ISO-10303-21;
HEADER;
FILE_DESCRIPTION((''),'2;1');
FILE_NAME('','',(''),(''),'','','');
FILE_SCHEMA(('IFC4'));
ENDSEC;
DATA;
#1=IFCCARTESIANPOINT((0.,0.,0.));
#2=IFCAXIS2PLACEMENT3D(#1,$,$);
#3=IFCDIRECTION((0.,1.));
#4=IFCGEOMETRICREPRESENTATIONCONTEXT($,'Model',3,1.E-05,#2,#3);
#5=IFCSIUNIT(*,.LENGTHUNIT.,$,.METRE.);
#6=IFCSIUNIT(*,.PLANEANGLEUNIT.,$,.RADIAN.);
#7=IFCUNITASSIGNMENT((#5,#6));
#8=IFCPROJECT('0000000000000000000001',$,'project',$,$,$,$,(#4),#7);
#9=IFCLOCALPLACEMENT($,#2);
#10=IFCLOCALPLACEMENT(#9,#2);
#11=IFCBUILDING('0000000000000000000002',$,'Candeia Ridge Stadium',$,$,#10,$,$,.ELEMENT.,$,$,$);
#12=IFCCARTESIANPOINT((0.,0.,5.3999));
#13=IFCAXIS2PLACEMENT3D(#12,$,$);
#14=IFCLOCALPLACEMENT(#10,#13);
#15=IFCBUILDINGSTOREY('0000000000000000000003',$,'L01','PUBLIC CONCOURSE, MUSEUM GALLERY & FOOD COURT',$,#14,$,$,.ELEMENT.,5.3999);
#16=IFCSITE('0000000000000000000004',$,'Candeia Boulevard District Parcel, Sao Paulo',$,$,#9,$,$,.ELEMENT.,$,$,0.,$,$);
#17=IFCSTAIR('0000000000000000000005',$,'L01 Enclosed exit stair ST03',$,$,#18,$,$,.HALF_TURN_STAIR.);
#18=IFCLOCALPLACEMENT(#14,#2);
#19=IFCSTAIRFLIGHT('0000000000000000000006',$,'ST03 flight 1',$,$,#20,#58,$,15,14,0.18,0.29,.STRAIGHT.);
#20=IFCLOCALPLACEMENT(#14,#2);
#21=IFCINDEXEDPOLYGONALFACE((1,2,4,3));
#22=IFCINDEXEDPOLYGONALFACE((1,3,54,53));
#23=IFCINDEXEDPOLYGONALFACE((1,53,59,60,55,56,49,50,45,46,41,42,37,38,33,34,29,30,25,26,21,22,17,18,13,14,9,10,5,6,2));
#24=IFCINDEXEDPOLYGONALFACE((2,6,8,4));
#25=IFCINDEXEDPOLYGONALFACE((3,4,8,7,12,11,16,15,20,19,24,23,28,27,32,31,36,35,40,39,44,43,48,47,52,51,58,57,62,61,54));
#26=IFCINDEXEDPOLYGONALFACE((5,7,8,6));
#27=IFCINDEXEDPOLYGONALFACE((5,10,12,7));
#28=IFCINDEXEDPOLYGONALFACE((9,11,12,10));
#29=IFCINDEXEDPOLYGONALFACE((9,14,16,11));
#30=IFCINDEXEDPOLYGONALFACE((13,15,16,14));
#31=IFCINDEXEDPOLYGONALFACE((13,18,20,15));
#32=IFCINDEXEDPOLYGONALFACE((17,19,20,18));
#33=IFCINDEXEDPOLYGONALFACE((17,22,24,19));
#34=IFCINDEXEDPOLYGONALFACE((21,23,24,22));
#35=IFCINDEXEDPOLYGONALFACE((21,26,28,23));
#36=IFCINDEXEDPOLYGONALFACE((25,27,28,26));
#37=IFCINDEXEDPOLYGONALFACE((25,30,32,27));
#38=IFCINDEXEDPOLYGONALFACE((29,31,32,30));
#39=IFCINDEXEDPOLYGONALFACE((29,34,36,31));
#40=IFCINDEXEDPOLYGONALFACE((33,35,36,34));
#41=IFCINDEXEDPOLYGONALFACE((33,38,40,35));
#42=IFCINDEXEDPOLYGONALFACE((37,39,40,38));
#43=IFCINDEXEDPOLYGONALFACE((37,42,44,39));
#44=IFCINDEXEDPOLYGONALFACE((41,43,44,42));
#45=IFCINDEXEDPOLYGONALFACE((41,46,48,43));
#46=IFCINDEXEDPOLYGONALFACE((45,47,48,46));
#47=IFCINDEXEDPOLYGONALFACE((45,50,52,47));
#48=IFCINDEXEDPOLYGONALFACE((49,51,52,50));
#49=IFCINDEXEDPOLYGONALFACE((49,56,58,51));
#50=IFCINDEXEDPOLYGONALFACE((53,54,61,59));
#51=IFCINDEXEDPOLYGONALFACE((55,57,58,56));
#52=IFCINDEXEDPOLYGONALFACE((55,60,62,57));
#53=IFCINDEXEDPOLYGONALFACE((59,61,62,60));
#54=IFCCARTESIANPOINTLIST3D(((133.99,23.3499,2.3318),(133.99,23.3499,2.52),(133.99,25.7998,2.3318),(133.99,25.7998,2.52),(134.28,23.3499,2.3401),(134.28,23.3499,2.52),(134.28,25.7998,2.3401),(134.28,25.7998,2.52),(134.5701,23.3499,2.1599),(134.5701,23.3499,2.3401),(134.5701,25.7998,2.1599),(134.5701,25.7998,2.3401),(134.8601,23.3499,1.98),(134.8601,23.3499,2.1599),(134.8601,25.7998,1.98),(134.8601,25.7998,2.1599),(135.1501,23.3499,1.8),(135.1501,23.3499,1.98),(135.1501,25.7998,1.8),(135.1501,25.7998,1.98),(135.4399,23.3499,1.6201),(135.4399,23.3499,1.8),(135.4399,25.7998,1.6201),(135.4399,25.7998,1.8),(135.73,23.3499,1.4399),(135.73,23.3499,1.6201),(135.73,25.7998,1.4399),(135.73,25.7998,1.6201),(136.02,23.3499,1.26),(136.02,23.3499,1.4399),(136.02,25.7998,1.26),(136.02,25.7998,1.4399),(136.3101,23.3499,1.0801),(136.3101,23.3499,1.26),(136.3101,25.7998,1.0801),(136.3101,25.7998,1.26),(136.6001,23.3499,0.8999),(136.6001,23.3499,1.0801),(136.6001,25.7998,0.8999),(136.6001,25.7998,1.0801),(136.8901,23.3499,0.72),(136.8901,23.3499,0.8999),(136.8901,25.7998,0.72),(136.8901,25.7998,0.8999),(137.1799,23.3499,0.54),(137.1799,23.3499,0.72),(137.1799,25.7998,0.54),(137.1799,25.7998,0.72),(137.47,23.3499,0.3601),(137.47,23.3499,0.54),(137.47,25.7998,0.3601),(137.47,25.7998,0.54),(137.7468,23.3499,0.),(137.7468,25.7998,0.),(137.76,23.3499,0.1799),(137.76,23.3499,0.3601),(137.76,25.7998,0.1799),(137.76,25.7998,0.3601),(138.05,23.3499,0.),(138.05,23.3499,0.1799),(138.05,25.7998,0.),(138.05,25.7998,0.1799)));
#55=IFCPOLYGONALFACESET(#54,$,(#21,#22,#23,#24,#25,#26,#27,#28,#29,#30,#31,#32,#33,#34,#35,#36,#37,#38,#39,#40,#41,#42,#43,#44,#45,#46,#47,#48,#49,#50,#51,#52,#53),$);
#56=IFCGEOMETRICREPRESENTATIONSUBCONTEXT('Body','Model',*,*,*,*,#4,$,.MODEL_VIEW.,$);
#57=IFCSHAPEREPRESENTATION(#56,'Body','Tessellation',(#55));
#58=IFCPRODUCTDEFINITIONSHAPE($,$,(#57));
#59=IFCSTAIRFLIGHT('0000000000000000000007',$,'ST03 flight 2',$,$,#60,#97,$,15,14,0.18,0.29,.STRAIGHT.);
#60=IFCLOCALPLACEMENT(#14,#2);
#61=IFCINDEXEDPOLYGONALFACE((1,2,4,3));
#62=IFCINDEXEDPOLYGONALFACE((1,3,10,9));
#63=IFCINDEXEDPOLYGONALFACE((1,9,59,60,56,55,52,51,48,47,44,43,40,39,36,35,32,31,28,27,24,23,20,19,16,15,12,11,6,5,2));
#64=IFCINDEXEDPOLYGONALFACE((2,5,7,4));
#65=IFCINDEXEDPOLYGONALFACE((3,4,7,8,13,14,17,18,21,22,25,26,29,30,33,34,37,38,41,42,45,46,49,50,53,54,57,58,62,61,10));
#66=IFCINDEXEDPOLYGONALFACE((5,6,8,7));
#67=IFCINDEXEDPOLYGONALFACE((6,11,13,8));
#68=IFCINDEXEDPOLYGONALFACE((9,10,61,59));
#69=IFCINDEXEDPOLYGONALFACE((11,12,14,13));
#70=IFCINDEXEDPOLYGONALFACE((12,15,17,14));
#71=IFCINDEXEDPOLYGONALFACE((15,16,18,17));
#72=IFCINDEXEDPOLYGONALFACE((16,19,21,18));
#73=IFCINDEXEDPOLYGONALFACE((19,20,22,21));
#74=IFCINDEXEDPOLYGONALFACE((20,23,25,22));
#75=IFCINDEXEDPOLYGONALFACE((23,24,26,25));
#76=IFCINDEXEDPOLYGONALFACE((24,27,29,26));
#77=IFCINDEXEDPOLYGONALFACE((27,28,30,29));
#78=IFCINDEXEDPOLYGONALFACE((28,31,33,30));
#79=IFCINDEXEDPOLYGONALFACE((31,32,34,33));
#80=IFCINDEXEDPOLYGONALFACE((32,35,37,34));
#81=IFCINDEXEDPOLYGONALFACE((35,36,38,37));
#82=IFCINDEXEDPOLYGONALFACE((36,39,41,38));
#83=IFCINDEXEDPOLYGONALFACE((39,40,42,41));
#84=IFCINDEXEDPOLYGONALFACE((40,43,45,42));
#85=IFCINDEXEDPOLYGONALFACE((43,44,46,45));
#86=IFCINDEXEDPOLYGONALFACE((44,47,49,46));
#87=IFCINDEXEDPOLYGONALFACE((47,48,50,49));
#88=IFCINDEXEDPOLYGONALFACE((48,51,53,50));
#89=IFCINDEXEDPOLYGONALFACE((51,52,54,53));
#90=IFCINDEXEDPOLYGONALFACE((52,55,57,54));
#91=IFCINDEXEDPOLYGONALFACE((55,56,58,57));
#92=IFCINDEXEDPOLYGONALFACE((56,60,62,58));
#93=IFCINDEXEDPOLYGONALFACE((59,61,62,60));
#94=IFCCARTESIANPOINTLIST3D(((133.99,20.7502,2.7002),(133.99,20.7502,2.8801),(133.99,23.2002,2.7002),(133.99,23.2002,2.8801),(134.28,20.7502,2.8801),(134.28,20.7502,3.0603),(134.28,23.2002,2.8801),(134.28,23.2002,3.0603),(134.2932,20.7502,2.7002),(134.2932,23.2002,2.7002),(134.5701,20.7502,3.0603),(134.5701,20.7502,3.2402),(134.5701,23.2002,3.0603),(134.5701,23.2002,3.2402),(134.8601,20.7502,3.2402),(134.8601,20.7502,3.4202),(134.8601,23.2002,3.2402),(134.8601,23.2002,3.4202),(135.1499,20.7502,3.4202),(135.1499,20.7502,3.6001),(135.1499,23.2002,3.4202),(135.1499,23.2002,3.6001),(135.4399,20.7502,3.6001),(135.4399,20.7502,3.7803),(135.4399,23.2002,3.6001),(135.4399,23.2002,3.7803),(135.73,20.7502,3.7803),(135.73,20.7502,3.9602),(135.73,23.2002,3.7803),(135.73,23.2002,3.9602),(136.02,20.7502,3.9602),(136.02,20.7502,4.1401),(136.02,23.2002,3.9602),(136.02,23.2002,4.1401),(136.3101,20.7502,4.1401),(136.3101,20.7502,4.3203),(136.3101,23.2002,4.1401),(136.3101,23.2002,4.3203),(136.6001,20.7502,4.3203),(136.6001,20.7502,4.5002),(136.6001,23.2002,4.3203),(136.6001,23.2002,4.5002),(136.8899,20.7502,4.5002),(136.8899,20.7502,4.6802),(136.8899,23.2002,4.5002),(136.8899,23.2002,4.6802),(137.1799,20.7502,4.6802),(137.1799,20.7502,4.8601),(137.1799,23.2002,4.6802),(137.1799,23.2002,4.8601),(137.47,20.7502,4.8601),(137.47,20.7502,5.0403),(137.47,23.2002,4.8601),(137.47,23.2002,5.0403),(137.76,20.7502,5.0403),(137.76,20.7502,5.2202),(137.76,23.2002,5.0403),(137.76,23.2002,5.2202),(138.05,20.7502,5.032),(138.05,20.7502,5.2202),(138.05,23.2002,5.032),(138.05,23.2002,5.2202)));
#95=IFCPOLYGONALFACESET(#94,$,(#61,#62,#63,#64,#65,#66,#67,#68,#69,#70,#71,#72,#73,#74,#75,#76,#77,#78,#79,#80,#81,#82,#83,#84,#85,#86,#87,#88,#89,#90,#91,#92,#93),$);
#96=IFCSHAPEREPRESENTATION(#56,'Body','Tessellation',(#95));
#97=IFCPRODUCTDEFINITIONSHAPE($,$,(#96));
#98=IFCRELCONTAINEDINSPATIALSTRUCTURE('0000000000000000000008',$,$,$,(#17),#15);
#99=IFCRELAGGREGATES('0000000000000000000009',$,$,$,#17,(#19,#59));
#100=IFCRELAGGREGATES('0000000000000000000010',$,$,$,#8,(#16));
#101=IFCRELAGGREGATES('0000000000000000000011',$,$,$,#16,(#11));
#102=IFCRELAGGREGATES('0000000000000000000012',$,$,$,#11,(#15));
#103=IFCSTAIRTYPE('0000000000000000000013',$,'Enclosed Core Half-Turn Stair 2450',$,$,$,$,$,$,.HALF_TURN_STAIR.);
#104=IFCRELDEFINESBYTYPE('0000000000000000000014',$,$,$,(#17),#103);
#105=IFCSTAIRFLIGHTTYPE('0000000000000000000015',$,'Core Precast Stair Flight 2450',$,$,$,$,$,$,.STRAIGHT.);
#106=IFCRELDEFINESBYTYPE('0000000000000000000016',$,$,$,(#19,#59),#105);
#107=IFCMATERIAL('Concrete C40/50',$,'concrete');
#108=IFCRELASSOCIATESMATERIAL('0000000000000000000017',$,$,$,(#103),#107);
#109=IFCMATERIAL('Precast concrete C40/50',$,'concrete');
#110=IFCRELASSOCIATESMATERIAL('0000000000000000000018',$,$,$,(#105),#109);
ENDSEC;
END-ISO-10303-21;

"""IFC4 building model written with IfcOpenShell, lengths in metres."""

from ifc_helpers import new_model, si_unit, direction, frame, origin, place, context, subcontext, project, spatial, polyline, outline, extrude, material, type_object, element, aggregate, save


model = new_model("IFC4")

# Units and contexts
model_context = context("Model", 3, precision=1e-05, world=origin(), true_north=direction((0.0, 1.0)))
body_context = subcontext(model_context, "Body", "Model", "MODEL_VIEW")
ifc_project = project(units=[si_unit("LENGTHUNIT", "METRE"), si_unit("PLANEANGLEUNIT", "RADIAN")], contexts=[model_context])

# Site, building, storey
site_placement = place(None, origin())
site = spatial("IfcSite", under=ifc_project, at=site_placement, Name="Candeia Boulevard District Parcel, Sao Paulo", CompositionType="ELEMENT", RefElevation=0.0)
building_placement = place(site_placement, origin())
building = spatial("IfcBuilding", under=site, at=building_placement, Name="Candeia Ridge Stadium", CompositionType="ELEMENT")
storey_placement = place(building_placement, frame((0.0, 0.0, 5.3999)))
storey = spatial("IfcBuildingStorey", under=building, at=storey_placement, Name="L01", Description="PUBLIC CONCOURSE, MUSEUM GALLERY & FOOD COURT", CompositionType="ELEMENT", Elevation=5.3999)

# Shared definitions
ifc_material_1 = material(Name="Concrete C40/50", Category="concrete")

# Stair, stair flights
stair_type = type_object("IfcStairType", Name="Enclosed Core Half-Turn Stair 2450", PredefinedType="HALF_TURN_STAIR", material=ifc_material_1)
stair_placement = place(storey_placement, origin())
stair = element("IfcStair", 1, at=stair_placement, inside=storey, type_object=stair_type, Name="L01 Enclosed exit stair ST03", PredefinedType="HALF_TURN_STAIR")
ifc_material_2 = material(Name="Precast concrete C40/50", Category="concrete")
stair_flight_type = type_object("IfcStairFlightType", Name="Core Precast Stair Flight 2450", PredefinedType="STRAIGHT", material=ifc_material_2)
stair_flight_1_placement = place(storey_placement, frame((138.05, 24.575, 0.0), z_axis=(0.0, 0.0, 1.0), x_axis=(-1.0, 0.0, 0.0)))
stair_flight_1 = element("IfcStairFlight", 2, at=stair_flight_1_placement, type_object=stair_flight_type, Name="ST03 flight 1", NumberOfRisers=15, NumberOfTreads=14, PredefinedType="STRAIGHT", RiserHeight=0.18, TreadLength=0.29, context=body_context, shape_type="SweptSolid", body=[
    extrude(outline(polyline([(0.0, 0.0), (0.0, 0.1799), (0.29, 0.1799), (0.29, 0.3601), (0.5801, 0.3601), (0.5801, 0.54), (0.8701, 0.54), (0.8701, 0.72), (1.1599, 0.72), (1.1599, 0.8999), (1.45, 0.8999), (1.45, 1.0801), (1.74, 1.0801), (1.74, 1.26), (2.03, 1.26), (2.03, 1.4399), (2.3201, 1.4399), (2.3201, 1.6201), (2.6101, 1.6201), (2.6101, 1.8), (2.8999, 1.8), (2.8999, 1.98), (3.1899, 1.98), (3.1899, 2.1599), (3.48, 2.1599), (3.48, 2.3401), (3.77, 2.3401), (3.77, 2.52), (4.0601, 2.52), (4.0601, 2.7), (4.0601, 2.3318), (0.3032, 0.0), (0.0, 0.0)])), frame((0.0, 1.2251, 0.0), z_axis=(0.0, -1.0, 0.0), x_axis=(1.0, 0.0, 0.0)), (0.0, 0.0, 1.0), 2.45),
])
stair_flight_2_placement = place(storey_placement, frame((133.99, 21.9751, 2.7002), z_axis=(0.0, 0.0, 1.0), x_axis=(1.0, 0.0, 0.0)))
stair_flight_2 = element("IfcStairFlight", 3, at=stair_flight_2_placement, type_object=stair_flight_type, Name="ST03 flight 2", NumberOfRisers=15, NumberOfTreads=14, PredefinedType="STRAIGHT", RiserHeight=0.18, TreadLength=0.29, context=body_context, shape_type="SweptSolid", body=[
    extrude(outline(polyline([(0.0, 0.0), (0.0, 0.1799), (0.29, 0.1799), (0.29, 0.3601), (0.5801, 0.3601), (0.5801, 0.54), (0.8701, 0.54), (0.8701, 0.72), (1.1599, 0.72), (1.1599, 0.8999), (1.45, 0.8999), (1.45, 1.0801), (1.74, 1.0801), (1.74, 1.26), (2.03, 1.26), (2.03, 1.4399), (2.3201, 1.4399), (2.3201, 1.6201), (2.6101, 1.6201), (2.6101, 1.8), (2.8999, 1.8), (2.8999, 1.98), (3.1899, 1.98), (3.1899, 2.1599), (3.48, 2.1599), (3.48, 2.3401), (3.77, 2.3401), (3.77, 2.52), (4.0601, 2.52), (4.0601, 2.7), (4.0601, 2.3318), (0.3032, 0.0), (0.0, 0.0)])), frame((0.0, 1.2251, 0.0), z_axis=(0.0, -1.0, 0.0), x_axis=(1.0, 0.0, 0.0)), (0.0, 0.0, 1.0), 2.45),
])
aggregate(stair, [stair_flight_1, stair_flight_2])

save(model, "model.ifc")
